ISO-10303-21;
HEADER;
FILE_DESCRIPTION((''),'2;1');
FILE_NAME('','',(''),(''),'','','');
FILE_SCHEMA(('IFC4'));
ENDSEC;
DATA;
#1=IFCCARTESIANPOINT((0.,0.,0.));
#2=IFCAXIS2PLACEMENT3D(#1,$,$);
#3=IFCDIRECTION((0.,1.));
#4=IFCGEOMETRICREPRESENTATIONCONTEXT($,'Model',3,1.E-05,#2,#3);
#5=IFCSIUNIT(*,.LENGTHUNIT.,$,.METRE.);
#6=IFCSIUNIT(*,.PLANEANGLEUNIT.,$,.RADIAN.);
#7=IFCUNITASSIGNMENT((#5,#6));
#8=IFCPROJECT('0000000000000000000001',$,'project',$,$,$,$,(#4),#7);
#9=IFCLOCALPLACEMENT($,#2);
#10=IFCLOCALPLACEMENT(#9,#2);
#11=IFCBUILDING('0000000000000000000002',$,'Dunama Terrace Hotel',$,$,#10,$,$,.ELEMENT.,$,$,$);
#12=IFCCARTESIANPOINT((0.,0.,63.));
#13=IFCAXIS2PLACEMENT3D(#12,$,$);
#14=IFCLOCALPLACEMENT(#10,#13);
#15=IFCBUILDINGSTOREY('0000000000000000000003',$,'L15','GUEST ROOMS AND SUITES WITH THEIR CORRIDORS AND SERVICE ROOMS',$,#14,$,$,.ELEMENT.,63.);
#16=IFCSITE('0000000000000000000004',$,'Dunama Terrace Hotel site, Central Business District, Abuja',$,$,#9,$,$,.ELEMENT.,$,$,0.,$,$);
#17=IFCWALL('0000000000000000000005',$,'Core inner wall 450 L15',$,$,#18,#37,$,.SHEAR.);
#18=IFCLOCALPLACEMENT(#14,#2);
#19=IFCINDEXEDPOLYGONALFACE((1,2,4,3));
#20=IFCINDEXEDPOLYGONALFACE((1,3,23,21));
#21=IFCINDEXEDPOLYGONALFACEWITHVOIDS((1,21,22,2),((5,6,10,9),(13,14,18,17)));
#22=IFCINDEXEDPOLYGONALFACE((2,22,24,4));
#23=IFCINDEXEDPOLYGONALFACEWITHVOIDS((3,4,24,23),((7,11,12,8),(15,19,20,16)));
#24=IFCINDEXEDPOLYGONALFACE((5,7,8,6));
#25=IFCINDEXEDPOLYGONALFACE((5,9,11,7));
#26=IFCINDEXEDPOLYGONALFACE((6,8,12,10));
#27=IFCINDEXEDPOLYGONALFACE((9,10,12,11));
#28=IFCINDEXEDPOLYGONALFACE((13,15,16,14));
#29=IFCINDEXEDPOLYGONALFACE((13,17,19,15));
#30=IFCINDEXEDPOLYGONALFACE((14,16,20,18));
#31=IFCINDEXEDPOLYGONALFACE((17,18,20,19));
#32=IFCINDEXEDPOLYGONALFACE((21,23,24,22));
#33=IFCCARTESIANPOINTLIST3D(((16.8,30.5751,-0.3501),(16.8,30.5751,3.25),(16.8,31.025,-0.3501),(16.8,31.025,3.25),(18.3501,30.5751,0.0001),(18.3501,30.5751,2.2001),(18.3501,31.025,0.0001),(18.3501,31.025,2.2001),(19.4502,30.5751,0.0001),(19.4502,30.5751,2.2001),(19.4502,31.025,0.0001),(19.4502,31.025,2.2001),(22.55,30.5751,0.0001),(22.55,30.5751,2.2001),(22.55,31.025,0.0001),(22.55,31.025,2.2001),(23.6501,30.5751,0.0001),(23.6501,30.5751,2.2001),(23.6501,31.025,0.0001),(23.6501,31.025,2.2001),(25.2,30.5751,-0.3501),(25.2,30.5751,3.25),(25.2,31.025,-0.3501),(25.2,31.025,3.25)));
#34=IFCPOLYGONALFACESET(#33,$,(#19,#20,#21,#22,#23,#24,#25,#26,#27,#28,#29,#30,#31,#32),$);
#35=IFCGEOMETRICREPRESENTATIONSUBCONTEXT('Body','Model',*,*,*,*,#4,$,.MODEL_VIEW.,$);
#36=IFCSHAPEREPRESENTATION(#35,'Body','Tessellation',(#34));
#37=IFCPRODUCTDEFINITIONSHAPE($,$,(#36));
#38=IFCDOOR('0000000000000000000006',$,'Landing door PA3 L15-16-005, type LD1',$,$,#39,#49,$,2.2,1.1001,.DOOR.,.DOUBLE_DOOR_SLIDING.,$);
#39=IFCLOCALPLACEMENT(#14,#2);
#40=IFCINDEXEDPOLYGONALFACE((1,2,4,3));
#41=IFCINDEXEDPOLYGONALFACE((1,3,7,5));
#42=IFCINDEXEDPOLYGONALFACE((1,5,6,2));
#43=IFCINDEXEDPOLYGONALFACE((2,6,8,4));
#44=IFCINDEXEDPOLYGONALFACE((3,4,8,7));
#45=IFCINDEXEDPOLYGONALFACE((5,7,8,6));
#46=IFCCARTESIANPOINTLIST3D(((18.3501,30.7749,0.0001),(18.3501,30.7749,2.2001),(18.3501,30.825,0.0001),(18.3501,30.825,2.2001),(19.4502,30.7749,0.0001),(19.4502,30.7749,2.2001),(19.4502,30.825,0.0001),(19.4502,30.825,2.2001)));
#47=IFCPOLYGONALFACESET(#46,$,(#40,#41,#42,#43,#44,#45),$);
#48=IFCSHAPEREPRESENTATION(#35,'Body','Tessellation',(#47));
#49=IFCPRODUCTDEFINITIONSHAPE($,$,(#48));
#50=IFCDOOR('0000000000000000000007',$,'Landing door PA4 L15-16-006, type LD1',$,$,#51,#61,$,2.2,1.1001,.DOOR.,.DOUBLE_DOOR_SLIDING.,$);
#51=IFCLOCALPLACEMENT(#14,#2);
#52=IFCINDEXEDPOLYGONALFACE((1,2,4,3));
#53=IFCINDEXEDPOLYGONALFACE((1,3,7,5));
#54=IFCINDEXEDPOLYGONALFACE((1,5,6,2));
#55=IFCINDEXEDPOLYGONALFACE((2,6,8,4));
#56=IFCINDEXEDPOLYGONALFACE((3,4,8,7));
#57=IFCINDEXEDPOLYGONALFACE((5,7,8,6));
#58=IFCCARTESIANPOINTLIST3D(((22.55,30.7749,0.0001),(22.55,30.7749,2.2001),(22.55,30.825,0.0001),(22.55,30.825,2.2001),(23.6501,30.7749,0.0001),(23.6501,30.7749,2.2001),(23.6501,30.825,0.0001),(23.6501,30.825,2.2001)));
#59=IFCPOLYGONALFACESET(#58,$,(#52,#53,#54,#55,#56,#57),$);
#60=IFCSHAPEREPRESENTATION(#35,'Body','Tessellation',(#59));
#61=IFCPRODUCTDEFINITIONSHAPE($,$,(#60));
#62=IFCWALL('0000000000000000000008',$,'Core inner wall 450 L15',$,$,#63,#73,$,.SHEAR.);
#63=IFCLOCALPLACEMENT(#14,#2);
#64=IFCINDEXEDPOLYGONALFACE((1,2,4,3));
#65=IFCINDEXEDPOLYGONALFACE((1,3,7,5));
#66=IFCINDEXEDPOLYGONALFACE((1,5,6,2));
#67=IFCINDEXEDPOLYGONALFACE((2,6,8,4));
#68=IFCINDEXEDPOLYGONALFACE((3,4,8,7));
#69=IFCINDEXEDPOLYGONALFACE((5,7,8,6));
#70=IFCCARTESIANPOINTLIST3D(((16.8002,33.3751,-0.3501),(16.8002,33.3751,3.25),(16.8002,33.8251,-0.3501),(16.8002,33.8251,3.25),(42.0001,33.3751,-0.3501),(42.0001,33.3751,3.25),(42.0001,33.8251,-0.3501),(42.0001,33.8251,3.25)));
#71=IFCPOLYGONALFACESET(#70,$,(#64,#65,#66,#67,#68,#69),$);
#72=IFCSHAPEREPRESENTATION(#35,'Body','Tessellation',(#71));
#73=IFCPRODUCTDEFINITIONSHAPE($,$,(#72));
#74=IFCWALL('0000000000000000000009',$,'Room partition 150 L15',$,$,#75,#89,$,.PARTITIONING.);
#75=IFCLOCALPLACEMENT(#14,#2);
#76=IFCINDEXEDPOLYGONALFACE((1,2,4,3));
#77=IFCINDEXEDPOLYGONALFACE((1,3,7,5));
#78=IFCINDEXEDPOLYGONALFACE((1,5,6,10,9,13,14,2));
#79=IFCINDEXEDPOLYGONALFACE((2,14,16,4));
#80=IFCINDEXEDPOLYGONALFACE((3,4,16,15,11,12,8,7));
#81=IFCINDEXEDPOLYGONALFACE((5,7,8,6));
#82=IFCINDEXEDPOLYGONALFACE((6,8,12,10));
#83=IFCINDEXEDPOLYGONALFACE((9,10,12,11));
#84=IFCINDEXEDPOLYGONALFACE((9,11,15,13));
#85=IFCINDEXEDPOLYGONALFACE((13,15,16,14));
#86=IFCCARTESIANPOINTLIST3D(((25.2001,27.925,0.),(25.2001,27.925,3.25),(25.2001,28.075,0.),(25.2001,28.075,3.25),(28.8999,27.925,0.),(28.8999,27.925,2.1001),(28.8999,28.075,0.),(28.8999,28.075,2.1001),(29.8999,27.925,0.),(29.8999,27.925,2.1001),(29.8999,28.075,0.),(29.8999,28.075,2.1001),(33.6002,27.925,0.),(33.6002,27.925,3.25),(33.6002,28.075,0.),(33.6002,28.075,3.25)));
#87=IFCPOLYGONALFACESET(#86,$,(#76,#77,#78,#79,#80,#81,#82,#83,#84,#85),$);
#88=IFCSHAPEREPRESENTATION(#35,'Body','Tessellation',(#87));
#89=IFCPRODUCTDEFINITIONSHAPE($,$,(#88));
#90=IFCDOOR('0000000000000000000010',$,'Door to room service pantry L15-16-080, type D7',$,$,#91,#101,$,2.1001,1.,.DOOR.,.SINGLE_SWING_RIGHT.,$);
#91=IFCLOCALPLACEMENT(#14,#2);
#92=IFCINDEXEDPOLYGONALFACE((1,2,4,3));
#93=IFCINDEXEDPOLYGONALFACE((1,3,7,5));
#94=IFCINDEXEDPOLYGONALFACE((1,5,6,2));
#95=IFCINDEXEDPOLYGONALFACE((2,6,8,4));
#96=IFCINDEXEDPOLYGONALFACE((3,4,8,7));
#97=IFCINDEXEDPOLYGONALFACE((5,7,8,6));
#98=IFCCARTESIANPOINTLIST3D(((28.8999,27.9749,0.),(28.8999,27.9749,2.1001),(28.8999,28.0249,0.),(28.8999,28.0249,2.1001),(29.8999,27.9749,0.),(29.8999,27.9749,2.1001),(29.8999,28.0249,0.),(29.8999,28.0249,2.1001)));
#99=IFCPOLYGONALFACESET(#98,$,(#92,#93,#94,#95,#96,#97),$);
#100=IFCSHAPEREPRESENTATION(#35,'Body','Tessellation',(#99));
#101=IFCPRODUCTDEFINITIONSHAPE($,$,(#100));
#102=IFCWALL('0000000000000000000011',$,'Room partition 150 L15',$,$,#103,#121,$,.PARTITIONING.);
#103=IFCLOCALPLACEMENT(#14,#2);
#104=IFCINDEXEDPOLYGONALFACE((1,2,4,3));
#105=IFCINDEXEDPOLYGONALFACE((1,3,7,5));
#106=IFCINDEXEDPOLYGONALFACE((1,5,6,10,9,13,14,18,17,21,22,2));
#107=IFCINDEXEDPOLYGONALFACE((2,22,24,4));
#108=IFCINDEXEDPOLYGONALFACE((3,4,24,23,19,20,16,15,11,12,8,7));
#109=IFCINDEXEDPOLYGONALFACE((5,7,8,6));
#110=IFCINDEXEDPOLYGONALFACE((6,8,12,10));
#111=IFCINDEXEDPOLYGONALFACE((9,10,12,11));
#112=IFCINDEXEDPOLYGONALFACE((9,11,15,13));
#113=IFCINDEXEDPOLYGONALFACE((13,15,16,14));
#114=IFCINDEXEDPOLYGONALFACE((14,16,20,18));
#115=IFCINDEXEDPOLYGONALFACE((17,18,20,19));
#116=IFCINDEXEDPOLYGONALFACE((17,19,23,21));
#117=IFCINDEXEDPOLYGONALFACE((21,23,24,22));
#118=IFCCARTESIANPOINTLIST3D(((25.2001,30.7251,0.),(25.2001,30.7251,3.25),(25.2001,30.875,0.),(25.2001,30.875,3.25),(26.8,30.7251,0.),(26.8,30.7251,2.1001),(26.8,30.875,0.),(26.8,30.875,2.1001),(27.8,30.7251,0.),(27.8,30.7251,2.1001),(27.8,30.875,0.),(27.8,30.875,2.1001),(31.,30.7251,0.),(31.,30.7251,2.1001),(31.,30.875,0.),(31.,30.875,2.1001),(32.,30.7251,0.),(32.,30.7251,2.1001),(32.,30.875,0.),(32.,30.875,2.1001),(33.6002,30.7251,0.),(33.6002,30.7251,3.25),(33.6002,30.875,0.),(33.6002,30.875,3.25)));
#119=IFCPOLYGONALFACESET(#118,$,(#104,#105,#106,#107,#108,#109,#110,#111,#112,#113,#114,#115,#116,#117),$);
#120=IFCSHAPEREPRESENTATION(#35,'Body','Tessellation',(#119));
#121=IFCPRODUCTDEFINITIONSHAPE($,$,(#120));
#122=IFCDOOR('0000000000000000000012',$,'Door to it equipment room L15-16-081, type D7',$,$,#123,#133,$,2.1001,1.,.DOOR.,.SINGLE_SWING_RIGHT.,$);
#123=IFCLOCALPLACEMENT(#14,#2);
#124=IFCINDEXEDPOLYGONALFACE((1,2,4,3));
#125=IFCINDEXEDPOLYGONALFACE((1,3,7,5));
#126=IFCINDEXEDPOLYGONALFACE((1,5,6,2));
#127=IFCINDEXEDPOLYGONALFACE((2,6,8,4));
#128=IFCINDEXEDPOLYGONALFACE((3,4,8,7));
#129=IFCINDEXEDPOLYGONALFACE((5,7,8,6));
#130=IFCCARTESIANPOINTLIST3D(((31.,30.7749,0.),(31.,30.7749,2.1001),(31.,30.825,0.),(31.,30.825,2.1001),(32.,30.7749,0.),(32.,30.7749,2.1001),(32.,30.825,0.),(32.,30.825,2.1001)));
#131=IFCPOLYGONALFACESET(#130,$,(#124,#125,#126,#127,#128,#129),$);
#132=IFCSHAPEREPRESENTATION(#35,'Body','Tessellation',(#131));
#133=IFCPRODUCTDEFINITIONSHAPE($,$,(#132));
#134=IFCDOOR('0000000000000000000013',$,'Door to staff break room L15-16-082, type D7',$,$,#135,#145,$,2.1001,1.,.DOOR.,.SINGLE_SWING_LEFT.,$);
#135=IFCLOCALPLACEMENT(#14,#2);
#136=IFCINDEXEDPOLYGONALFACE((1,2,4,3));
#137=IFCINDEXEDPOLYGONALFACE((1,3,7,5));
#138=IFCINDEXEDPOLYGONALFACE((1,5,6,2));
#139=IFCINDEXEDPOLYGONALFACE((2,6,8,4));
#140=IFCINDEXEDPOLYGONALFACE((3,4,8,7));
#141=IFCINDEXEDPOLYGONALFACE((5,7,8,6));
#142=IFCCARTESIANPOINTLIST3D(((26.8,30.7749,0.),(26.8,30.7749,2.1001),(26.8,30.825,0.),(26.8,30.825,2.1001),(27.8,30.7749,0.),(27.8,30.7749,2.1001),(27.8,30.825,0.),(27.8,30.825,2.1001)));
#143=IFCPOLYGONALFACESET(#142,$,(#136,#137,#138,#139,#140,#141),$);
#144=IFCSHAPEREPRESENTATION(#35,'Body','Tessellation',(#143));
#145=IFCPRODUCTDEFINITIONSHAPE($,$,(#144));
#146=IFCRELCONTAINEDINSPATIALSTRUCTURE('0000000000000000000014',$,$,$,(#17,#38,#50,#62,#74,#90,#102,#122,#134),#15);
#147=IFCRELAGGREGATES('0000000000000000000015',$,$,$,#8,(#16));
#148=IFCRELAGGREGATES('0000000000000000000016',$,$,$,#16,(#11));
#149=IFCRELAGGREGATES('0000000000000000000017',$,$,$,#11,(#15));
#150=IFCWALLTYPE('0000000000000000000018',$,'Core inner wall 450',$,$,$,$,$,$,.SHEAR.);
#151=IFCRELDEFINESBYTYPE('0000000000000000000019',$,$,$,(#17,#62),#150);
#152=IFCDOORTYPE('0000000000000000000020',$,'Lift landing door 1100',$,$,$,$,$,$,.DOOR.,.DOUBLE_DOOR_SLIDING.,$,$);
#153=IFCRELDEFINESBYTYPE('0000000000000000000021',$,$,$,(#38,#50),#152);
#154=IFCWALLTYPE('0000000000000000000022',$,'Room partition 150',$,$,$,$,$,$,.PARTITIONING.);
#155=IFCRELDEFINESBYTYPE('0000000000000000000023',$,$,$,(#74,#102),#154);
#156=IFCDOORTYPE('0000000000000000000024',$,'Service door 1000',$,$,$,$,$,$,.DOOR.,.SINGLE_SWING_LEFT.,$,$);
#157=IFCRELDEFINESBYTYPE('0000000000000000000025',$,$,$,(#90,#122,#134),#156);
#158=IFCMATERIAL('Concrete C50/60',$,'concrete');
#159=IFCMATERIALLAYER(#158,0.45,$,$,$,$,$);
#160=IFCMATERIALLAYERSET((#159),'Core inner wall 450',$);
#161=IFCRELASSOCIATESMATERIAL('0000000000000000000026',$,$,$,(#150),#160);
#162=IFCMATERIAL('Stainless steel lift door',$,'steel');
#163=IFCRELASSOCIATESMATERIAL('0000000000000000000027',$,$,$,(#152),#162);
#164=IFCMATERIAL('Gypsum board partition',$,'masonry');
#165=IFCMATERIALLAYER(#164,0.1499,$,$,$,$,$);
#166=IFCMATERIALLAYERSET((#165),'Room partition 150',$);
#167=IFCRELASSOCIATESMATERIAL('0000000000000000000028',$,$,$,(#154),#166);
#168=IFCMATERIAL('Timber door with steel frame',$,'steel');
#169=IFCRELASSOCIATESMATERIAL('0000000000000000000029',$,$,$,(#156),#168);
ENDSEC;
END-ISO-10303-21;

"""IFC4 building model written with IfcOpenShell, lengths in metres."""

from ifc_helpers import new_model, si_unit, direction, frame, frame_2d, origin, place, context, subcontext, project, spatial, rectangle, extrude, material, layer, layer_set, type_object, element, fill, save


model = new_model("IFC4")

# Units and contexts
model_context = context("Model", 3, precision=1e-05, world=origin(), true_north=direction((0.0, 1.0)))
body_context = subcontext(model_context, "Body", "Model", "MODEL_VIEW")
ifc_project = project(units=[si_unit("LENGTHUNIT", "METRE"), si_unit("PLANEANGLEUNIT", "RADIAN")], contexts=[model_context])

# Site, building, storey
site_placement = place(None, origin())
site = spatial("IfcSite", under=ifc_project, at=site_placement, Name="Dunama Terrace Hotel site, Central Business District, Abuja", CompositionType="ELEMENT", RefElevation=0.0)
building_placement = place(site_placement, origin())
building = spatial("IfcBuilding", under=site, at=building_placement, Name="Dunama Terrace Hotel", CompositionType="ELEMENT")
storey_placement = place(building_placement, frame((0.0, 0.0, 63.0)))
storey = spatial("IfcBuildingStorey", under=building, at=storey_placement, Name="L15", Description="GUEST ROOMS AND SUITES WITH THEIR CORRIDORS AND SERVICE ROOMS", CompositionType="ELEMENT", Elevation=63.0)

# Wall, openings, doors
ifc_material_1 = material(Name="Concrete C50/60", Category="concrete")
ifc_layer_1 = layer(ifc_material_1, 0.45)
ifc_layer_set_1 = layer_set([ifc_layer_1], Name="Core inner wall 450")
wall_type_1 = type_object("IfcWallType", Name="Core inner wall 450", PredefinedType="SHEAR", material=ifc_layer_set_1)
ifc_material_2 = material(Name="Stainless steel lift door", Category="steel")
door_type_1 = type_object("IfcDoorType", Name="Lift landing door 1100", OperationType="DOUBLE_DOOR_SLIDING", PredefinedType="DOOR", material=ifc_material_2)
wall_1_placement = place(storey_placement, frame((16.8, 30.8, -0.3501), z_axis=(0.0, 0.0, 1.0), x_axis=(1.0, 0.0, 0.0)))
wall_1 = element("IfcWall", 1, at=wall_1_placement, inside=storey, type_object=wall_type_1, Name="Core inner wall 450 L15", PredefinedType="SHEAR", context=body_context, shape_type="SweptSolid", body=[
    extrude(rectangle(XDim=8.3999, YDim=0.45, at=frame_2d((4.2, 0.0))), origin(), (0.0, 0.0, 1.0), 3.6001),
])
opening_1_placement = place(wall_1_placement, frame((1.55, 0.0, 0.3501)))
opening_1 = element("IfcOpeningElement", 2, at=opening_1_placement, cuts=wall_1, PredefinedType="OPENING", context=body_context, shape_type="SweptSolid", body=[
    extrude(rectangle(XDim=1.1001, YDim=2.2, at=frame_2d((0.55, 1.1001))), frame((0.0, 0.2349, 0.0), z_axis=(0.0, -1.0, 0.0), x_axis=(1.0, 0.0, 0.0)), (0.0, 0.0, 1.0), 0.47),
])
opening_2_placement = place(wall_1_placement, frame((5.75, 0.0, 0.3501)))
opening_2 = element("IfcOpeningElement", 3, at=opening_2_placement, cuts=wall_1, PredefinedType="OPENING", context=body_context, shape_type="SweptSolid", body=[
    extrude(rectangle(XDim=1.1001, YDim=2.2, at=frame_2d((0.55, 1.1001))), frame((0.0, 0.2349, 0.0), z_axis=(0.0, -1.0, 0.0), x_axis=(1.0, 0.0, 0.0)), (0.0, 0.0, 1.0), 0.47),
])
door_1_placement = place(opening_1_placement, origin())
door_1 = element("IfcDoor", 4, at=door_1_placement, inside=storey, type_object=door_type_1, Name="Landing door PA3 L15-16-005, type LD1", OperationType="DOUBLE_DOOR_SLIDING", OverallHeight=2.2, OverallWidth=1.1001, PredefinedType="DOOR", context=body_context, shape_type="SweptSolid", body=[
    extrude(rectangle(XDim=1.1001, YDim=2.2, at=frame_2d((0.55, 1.1001))), frame((0.0, 0.0249, 0.0), z_axis=(0.0, -1.0, 0.0), x_axis=(1.0, 0.0, 0.0)), (0.0, 0.0, 1.0), 0.05),
])
fill(opening_1, door_1)
door_2_placement = place(opening_2_placement, origin())
door_2 = element("IfcDoor", 5, at=door_2_placement, inside=storey, type_object=door_type_1, Name="Landing door PA4 L15-16-006, type LD1", OperationType="DOUBLE_DOOR_SLIDING", OverallHeight=2.2, OverallWidth=1.1001, PredefinedType="DOOR", context=body_context, shape_type="SweptSolid", body=[
    extrude(rectangle(XDim=1.1001, YDim=2.2, at=frame_2d((0.55, 1.1001))), frame((0.0, 0.0249, 0.0), z_axis=(0.0, -1.0, 0.0), x_axis=(1.0, 0.0, 0.0)), (0.0, 0.0, 1.0), 0.05),
])
fill(opening_2, door_2)

# Wall
wall_2_placement = place(storey_placement, frame((16.8, 33.6001, -0.3501), z_axis=(0.0, 0.0, 1.0), x_axis=(1.0, 0.0, 0.0)))
element("IfcWall", 6, at=wall_2_placement, inside=storey, type_object=wall_type_1, Name="Core inner wall 450 L15", PredefinedType="SHEAR", context=body_context, shape_type="SweptSolid", body=[
    extrude(rectangle(XDim=25.2, YDim=0.45, at=frame_2d((12.6001, 0.0))), origin(), (0.0, 0.0, 1.0), 3.6001),
])

# Wall, opening, door
ifc_material_3 = material(Name="Gypsum board partition", Category="masonry")
ifc_layer_2 = layer(ifc_material_3, 0.1499)
ifc_layer_set_2 = layer_set([ifc_layer_2], Name="Room partition 150")
wall_type_2 = type_object("IfcWallType", Name="Room partition 150", PredefinedType="PARTITIONING", material=ifc_layer_set_2)
wall_3_placement = place(storey_placement, frame((25.2, 28.0, 0.0), z_axis=(0.0, 0.0, 1.0), x_axis=(1.0, 0.0, 0.0)))
wall_3 = element("IfcWall", 7, at=wall_3_placement, inside=storey, type_object=wall_type_2, Name="Room partition 150 L15", PredefinedType="PARTITIONING", context=body_context, shape_type="SweptSolid", body=[
    extrude(rectangle(XDim=8.4001, YDim=0.1499, at=frame_2d((4.2002, 0.0))), origin(), (0.0, 0.0, 1.0), 3.25),
])
opening_3_placement = place(wall_3_placement, frame((3.7, 0.0, 0.0)))
opening_3 = element("IfcOpeningElement", 8, at=opening_3_placement, cuts=wall_3, PredefinedType="OPENING", context=body_context, shape_type="SweptSolid", body=[
    extrude(rectangle(XDim=1.0, YDim=2.1001, at=frame_2d((0.5, 1.05))), frame((0.0, 0.085, 0.0), z_axis=(0.0, -1.0, 0.0), x_axis=(1.0, 0.0, 0.0)), (0.0, 0.0, 1.0), 0.1699),
])
ifc_material_4 = material(Name="Timber door with steel frame", Category="steel")
door_type_2 = type_object("IfcDoorType", Name="Service door 1000", OperationType="SINGLE_SWING_LEFT", PredefinedType="DOOR", material=ifc_material_4)
door_3_placement = place(opening_3_placement, frame((1.0, 0.0, 0.0), z_axis=(0.0, 0.0, 1.0), x_axis=(-1.0, 0.0, 0.0)))
door_3 = element("IfcDoor", 9, at=door_3_placement, inside=storey, type_object=door_type_2, Name="Door to room service pantry L15-16-080, type D7", OperationType="SINGLE_SWING_RIGHT", OverallHeight=2.1001, OverallWidth=1.0, PredefinedType="DOOR", context=body_context, shape_type="SweptSolid", body=[
    extrude(rectangle(XDim=1.0, YDim=2.1001, at=frame_2d((0.5, 1.05))), frame((0.0, 0.0251, 0.0), z_axis=(0.0, -1.0, 0.0), x_axis=(1.0, 0.0, 0.0)), (0.0, 0.0, 1.0), 0.05),
])
fill(opening_3, door_3)

# Wall, openings, doors
wall_4_placement = place(storey_placement, frame((25.2, 30.8, 0.0), z_axis=(0.0, 0.0, 1.0), x_axis=(1.0, 0.0, 0.0)))
wall_4 = element("IfcWall", 10, at=wall_4_placement, inside=storey, type_object=wall_type_2, Name="Room partition 150 L15", PredefinedType="PARTITIONING", context=body_context, shape_type="SweptSolid", body=[
    extrude(rectangle(XDim=8.4001, YDim=0.1499, at=frame_2d((4.2002, 0.0))), origin(), (0.0, 0.0, 1.0), 3.25),
])
opening_4_placement = place(wall_4_placement, frame((5.8, 0.0, 0.0)))
opening_4 = element("IfcOpeningElement", 11, at=opening_4_placement, cuts=wall_4, PredefinedType="OPENING", context=body_context, shape_type="SweptSolid", body=[
    extrude(rectangle(XDim=1.0, YDim=2.1001, at=frame_2d((0.5, 1.05))), frame((0.0, 0.085, 0.0), z_axis=(0.0, -1.0, 0.0), x_axis=(1.0, 0.0, 0.0)), (0.0, 0.0, 1.0), 0.1699),
])
opening_5_placement = place(wall_4_placement, frame((1.6001, 0.0, 0.0)))
opening_5 = element("IfcOpeningElement", 12, at=opening_5_placement, cuts=wall_4, PredefinedType="OPENING", context=body_context, shape_type="SweptSolid", body=[
    extrude(rectangle(XDim=1.0, YDim=2.1001, at=frame_2d((0.5, 1.05))), frame((0.0, 0.085, 0.0), z_axis=(0.0, -1.0, 0.0), x_axis=(1.0, 0.0, 0.0)), (0.0, 0.0, 1.0), 0.1699),
])
door_4_placement = place(opening_4_placement, origin())
door_4 = element("IfcDoor", 13, at=door_4_placement, inside=storey, type_object=door_type_2, Name="Door to it equipment room L15-16-081, type D7", OperationType="SINGLE_SWING_RIGHT", OverallHeight=2.1001, OverallWidth=1.0, PredefinedType="DOOR", context=body_context, shape_type="SweptSolid", body=[
    extrude(rectangle(XDim=1.0, YDim=2.1001, at=frame_2d((0.5, 1.05))), frame((0.0, 0.0249, 0.0), z_axis=(0.0, -1.0, 0.0), x_axis=(1.0, 0.0, 0.0)), (0.0, 0.0, 1.0), 0.05),
])
fill(opening_4, door_4)
door_5_placement = place(opening_5_placement, origin())
door_5 = element("IfcDoor", 14, at=door_5_placement, inside=storey, type_object=door_type_2, Name="Door to staff break room L15-16-082, type D7", OperationType="SINGLE_SWING_LEFT", OverallHeight=2.1001, OverallWidth=1.0, PredefinedType="DOOR", context=body_context, shape_type="SweptSolid", body=[
    extrude(rectangle(XDim=1.0, YDim=2.1001, at=frame_2d((0.5, 1.05))), frame((0.0, 0.0249, 0.0), z_axis=(0.0, -1.0, 0.0), x_axis=(1.0, 0.0, 0.0)), (0.0, 0.0, 1.0), 0.05),
])
fill(opening_5, door_5)

save(model, "model.ifc")
